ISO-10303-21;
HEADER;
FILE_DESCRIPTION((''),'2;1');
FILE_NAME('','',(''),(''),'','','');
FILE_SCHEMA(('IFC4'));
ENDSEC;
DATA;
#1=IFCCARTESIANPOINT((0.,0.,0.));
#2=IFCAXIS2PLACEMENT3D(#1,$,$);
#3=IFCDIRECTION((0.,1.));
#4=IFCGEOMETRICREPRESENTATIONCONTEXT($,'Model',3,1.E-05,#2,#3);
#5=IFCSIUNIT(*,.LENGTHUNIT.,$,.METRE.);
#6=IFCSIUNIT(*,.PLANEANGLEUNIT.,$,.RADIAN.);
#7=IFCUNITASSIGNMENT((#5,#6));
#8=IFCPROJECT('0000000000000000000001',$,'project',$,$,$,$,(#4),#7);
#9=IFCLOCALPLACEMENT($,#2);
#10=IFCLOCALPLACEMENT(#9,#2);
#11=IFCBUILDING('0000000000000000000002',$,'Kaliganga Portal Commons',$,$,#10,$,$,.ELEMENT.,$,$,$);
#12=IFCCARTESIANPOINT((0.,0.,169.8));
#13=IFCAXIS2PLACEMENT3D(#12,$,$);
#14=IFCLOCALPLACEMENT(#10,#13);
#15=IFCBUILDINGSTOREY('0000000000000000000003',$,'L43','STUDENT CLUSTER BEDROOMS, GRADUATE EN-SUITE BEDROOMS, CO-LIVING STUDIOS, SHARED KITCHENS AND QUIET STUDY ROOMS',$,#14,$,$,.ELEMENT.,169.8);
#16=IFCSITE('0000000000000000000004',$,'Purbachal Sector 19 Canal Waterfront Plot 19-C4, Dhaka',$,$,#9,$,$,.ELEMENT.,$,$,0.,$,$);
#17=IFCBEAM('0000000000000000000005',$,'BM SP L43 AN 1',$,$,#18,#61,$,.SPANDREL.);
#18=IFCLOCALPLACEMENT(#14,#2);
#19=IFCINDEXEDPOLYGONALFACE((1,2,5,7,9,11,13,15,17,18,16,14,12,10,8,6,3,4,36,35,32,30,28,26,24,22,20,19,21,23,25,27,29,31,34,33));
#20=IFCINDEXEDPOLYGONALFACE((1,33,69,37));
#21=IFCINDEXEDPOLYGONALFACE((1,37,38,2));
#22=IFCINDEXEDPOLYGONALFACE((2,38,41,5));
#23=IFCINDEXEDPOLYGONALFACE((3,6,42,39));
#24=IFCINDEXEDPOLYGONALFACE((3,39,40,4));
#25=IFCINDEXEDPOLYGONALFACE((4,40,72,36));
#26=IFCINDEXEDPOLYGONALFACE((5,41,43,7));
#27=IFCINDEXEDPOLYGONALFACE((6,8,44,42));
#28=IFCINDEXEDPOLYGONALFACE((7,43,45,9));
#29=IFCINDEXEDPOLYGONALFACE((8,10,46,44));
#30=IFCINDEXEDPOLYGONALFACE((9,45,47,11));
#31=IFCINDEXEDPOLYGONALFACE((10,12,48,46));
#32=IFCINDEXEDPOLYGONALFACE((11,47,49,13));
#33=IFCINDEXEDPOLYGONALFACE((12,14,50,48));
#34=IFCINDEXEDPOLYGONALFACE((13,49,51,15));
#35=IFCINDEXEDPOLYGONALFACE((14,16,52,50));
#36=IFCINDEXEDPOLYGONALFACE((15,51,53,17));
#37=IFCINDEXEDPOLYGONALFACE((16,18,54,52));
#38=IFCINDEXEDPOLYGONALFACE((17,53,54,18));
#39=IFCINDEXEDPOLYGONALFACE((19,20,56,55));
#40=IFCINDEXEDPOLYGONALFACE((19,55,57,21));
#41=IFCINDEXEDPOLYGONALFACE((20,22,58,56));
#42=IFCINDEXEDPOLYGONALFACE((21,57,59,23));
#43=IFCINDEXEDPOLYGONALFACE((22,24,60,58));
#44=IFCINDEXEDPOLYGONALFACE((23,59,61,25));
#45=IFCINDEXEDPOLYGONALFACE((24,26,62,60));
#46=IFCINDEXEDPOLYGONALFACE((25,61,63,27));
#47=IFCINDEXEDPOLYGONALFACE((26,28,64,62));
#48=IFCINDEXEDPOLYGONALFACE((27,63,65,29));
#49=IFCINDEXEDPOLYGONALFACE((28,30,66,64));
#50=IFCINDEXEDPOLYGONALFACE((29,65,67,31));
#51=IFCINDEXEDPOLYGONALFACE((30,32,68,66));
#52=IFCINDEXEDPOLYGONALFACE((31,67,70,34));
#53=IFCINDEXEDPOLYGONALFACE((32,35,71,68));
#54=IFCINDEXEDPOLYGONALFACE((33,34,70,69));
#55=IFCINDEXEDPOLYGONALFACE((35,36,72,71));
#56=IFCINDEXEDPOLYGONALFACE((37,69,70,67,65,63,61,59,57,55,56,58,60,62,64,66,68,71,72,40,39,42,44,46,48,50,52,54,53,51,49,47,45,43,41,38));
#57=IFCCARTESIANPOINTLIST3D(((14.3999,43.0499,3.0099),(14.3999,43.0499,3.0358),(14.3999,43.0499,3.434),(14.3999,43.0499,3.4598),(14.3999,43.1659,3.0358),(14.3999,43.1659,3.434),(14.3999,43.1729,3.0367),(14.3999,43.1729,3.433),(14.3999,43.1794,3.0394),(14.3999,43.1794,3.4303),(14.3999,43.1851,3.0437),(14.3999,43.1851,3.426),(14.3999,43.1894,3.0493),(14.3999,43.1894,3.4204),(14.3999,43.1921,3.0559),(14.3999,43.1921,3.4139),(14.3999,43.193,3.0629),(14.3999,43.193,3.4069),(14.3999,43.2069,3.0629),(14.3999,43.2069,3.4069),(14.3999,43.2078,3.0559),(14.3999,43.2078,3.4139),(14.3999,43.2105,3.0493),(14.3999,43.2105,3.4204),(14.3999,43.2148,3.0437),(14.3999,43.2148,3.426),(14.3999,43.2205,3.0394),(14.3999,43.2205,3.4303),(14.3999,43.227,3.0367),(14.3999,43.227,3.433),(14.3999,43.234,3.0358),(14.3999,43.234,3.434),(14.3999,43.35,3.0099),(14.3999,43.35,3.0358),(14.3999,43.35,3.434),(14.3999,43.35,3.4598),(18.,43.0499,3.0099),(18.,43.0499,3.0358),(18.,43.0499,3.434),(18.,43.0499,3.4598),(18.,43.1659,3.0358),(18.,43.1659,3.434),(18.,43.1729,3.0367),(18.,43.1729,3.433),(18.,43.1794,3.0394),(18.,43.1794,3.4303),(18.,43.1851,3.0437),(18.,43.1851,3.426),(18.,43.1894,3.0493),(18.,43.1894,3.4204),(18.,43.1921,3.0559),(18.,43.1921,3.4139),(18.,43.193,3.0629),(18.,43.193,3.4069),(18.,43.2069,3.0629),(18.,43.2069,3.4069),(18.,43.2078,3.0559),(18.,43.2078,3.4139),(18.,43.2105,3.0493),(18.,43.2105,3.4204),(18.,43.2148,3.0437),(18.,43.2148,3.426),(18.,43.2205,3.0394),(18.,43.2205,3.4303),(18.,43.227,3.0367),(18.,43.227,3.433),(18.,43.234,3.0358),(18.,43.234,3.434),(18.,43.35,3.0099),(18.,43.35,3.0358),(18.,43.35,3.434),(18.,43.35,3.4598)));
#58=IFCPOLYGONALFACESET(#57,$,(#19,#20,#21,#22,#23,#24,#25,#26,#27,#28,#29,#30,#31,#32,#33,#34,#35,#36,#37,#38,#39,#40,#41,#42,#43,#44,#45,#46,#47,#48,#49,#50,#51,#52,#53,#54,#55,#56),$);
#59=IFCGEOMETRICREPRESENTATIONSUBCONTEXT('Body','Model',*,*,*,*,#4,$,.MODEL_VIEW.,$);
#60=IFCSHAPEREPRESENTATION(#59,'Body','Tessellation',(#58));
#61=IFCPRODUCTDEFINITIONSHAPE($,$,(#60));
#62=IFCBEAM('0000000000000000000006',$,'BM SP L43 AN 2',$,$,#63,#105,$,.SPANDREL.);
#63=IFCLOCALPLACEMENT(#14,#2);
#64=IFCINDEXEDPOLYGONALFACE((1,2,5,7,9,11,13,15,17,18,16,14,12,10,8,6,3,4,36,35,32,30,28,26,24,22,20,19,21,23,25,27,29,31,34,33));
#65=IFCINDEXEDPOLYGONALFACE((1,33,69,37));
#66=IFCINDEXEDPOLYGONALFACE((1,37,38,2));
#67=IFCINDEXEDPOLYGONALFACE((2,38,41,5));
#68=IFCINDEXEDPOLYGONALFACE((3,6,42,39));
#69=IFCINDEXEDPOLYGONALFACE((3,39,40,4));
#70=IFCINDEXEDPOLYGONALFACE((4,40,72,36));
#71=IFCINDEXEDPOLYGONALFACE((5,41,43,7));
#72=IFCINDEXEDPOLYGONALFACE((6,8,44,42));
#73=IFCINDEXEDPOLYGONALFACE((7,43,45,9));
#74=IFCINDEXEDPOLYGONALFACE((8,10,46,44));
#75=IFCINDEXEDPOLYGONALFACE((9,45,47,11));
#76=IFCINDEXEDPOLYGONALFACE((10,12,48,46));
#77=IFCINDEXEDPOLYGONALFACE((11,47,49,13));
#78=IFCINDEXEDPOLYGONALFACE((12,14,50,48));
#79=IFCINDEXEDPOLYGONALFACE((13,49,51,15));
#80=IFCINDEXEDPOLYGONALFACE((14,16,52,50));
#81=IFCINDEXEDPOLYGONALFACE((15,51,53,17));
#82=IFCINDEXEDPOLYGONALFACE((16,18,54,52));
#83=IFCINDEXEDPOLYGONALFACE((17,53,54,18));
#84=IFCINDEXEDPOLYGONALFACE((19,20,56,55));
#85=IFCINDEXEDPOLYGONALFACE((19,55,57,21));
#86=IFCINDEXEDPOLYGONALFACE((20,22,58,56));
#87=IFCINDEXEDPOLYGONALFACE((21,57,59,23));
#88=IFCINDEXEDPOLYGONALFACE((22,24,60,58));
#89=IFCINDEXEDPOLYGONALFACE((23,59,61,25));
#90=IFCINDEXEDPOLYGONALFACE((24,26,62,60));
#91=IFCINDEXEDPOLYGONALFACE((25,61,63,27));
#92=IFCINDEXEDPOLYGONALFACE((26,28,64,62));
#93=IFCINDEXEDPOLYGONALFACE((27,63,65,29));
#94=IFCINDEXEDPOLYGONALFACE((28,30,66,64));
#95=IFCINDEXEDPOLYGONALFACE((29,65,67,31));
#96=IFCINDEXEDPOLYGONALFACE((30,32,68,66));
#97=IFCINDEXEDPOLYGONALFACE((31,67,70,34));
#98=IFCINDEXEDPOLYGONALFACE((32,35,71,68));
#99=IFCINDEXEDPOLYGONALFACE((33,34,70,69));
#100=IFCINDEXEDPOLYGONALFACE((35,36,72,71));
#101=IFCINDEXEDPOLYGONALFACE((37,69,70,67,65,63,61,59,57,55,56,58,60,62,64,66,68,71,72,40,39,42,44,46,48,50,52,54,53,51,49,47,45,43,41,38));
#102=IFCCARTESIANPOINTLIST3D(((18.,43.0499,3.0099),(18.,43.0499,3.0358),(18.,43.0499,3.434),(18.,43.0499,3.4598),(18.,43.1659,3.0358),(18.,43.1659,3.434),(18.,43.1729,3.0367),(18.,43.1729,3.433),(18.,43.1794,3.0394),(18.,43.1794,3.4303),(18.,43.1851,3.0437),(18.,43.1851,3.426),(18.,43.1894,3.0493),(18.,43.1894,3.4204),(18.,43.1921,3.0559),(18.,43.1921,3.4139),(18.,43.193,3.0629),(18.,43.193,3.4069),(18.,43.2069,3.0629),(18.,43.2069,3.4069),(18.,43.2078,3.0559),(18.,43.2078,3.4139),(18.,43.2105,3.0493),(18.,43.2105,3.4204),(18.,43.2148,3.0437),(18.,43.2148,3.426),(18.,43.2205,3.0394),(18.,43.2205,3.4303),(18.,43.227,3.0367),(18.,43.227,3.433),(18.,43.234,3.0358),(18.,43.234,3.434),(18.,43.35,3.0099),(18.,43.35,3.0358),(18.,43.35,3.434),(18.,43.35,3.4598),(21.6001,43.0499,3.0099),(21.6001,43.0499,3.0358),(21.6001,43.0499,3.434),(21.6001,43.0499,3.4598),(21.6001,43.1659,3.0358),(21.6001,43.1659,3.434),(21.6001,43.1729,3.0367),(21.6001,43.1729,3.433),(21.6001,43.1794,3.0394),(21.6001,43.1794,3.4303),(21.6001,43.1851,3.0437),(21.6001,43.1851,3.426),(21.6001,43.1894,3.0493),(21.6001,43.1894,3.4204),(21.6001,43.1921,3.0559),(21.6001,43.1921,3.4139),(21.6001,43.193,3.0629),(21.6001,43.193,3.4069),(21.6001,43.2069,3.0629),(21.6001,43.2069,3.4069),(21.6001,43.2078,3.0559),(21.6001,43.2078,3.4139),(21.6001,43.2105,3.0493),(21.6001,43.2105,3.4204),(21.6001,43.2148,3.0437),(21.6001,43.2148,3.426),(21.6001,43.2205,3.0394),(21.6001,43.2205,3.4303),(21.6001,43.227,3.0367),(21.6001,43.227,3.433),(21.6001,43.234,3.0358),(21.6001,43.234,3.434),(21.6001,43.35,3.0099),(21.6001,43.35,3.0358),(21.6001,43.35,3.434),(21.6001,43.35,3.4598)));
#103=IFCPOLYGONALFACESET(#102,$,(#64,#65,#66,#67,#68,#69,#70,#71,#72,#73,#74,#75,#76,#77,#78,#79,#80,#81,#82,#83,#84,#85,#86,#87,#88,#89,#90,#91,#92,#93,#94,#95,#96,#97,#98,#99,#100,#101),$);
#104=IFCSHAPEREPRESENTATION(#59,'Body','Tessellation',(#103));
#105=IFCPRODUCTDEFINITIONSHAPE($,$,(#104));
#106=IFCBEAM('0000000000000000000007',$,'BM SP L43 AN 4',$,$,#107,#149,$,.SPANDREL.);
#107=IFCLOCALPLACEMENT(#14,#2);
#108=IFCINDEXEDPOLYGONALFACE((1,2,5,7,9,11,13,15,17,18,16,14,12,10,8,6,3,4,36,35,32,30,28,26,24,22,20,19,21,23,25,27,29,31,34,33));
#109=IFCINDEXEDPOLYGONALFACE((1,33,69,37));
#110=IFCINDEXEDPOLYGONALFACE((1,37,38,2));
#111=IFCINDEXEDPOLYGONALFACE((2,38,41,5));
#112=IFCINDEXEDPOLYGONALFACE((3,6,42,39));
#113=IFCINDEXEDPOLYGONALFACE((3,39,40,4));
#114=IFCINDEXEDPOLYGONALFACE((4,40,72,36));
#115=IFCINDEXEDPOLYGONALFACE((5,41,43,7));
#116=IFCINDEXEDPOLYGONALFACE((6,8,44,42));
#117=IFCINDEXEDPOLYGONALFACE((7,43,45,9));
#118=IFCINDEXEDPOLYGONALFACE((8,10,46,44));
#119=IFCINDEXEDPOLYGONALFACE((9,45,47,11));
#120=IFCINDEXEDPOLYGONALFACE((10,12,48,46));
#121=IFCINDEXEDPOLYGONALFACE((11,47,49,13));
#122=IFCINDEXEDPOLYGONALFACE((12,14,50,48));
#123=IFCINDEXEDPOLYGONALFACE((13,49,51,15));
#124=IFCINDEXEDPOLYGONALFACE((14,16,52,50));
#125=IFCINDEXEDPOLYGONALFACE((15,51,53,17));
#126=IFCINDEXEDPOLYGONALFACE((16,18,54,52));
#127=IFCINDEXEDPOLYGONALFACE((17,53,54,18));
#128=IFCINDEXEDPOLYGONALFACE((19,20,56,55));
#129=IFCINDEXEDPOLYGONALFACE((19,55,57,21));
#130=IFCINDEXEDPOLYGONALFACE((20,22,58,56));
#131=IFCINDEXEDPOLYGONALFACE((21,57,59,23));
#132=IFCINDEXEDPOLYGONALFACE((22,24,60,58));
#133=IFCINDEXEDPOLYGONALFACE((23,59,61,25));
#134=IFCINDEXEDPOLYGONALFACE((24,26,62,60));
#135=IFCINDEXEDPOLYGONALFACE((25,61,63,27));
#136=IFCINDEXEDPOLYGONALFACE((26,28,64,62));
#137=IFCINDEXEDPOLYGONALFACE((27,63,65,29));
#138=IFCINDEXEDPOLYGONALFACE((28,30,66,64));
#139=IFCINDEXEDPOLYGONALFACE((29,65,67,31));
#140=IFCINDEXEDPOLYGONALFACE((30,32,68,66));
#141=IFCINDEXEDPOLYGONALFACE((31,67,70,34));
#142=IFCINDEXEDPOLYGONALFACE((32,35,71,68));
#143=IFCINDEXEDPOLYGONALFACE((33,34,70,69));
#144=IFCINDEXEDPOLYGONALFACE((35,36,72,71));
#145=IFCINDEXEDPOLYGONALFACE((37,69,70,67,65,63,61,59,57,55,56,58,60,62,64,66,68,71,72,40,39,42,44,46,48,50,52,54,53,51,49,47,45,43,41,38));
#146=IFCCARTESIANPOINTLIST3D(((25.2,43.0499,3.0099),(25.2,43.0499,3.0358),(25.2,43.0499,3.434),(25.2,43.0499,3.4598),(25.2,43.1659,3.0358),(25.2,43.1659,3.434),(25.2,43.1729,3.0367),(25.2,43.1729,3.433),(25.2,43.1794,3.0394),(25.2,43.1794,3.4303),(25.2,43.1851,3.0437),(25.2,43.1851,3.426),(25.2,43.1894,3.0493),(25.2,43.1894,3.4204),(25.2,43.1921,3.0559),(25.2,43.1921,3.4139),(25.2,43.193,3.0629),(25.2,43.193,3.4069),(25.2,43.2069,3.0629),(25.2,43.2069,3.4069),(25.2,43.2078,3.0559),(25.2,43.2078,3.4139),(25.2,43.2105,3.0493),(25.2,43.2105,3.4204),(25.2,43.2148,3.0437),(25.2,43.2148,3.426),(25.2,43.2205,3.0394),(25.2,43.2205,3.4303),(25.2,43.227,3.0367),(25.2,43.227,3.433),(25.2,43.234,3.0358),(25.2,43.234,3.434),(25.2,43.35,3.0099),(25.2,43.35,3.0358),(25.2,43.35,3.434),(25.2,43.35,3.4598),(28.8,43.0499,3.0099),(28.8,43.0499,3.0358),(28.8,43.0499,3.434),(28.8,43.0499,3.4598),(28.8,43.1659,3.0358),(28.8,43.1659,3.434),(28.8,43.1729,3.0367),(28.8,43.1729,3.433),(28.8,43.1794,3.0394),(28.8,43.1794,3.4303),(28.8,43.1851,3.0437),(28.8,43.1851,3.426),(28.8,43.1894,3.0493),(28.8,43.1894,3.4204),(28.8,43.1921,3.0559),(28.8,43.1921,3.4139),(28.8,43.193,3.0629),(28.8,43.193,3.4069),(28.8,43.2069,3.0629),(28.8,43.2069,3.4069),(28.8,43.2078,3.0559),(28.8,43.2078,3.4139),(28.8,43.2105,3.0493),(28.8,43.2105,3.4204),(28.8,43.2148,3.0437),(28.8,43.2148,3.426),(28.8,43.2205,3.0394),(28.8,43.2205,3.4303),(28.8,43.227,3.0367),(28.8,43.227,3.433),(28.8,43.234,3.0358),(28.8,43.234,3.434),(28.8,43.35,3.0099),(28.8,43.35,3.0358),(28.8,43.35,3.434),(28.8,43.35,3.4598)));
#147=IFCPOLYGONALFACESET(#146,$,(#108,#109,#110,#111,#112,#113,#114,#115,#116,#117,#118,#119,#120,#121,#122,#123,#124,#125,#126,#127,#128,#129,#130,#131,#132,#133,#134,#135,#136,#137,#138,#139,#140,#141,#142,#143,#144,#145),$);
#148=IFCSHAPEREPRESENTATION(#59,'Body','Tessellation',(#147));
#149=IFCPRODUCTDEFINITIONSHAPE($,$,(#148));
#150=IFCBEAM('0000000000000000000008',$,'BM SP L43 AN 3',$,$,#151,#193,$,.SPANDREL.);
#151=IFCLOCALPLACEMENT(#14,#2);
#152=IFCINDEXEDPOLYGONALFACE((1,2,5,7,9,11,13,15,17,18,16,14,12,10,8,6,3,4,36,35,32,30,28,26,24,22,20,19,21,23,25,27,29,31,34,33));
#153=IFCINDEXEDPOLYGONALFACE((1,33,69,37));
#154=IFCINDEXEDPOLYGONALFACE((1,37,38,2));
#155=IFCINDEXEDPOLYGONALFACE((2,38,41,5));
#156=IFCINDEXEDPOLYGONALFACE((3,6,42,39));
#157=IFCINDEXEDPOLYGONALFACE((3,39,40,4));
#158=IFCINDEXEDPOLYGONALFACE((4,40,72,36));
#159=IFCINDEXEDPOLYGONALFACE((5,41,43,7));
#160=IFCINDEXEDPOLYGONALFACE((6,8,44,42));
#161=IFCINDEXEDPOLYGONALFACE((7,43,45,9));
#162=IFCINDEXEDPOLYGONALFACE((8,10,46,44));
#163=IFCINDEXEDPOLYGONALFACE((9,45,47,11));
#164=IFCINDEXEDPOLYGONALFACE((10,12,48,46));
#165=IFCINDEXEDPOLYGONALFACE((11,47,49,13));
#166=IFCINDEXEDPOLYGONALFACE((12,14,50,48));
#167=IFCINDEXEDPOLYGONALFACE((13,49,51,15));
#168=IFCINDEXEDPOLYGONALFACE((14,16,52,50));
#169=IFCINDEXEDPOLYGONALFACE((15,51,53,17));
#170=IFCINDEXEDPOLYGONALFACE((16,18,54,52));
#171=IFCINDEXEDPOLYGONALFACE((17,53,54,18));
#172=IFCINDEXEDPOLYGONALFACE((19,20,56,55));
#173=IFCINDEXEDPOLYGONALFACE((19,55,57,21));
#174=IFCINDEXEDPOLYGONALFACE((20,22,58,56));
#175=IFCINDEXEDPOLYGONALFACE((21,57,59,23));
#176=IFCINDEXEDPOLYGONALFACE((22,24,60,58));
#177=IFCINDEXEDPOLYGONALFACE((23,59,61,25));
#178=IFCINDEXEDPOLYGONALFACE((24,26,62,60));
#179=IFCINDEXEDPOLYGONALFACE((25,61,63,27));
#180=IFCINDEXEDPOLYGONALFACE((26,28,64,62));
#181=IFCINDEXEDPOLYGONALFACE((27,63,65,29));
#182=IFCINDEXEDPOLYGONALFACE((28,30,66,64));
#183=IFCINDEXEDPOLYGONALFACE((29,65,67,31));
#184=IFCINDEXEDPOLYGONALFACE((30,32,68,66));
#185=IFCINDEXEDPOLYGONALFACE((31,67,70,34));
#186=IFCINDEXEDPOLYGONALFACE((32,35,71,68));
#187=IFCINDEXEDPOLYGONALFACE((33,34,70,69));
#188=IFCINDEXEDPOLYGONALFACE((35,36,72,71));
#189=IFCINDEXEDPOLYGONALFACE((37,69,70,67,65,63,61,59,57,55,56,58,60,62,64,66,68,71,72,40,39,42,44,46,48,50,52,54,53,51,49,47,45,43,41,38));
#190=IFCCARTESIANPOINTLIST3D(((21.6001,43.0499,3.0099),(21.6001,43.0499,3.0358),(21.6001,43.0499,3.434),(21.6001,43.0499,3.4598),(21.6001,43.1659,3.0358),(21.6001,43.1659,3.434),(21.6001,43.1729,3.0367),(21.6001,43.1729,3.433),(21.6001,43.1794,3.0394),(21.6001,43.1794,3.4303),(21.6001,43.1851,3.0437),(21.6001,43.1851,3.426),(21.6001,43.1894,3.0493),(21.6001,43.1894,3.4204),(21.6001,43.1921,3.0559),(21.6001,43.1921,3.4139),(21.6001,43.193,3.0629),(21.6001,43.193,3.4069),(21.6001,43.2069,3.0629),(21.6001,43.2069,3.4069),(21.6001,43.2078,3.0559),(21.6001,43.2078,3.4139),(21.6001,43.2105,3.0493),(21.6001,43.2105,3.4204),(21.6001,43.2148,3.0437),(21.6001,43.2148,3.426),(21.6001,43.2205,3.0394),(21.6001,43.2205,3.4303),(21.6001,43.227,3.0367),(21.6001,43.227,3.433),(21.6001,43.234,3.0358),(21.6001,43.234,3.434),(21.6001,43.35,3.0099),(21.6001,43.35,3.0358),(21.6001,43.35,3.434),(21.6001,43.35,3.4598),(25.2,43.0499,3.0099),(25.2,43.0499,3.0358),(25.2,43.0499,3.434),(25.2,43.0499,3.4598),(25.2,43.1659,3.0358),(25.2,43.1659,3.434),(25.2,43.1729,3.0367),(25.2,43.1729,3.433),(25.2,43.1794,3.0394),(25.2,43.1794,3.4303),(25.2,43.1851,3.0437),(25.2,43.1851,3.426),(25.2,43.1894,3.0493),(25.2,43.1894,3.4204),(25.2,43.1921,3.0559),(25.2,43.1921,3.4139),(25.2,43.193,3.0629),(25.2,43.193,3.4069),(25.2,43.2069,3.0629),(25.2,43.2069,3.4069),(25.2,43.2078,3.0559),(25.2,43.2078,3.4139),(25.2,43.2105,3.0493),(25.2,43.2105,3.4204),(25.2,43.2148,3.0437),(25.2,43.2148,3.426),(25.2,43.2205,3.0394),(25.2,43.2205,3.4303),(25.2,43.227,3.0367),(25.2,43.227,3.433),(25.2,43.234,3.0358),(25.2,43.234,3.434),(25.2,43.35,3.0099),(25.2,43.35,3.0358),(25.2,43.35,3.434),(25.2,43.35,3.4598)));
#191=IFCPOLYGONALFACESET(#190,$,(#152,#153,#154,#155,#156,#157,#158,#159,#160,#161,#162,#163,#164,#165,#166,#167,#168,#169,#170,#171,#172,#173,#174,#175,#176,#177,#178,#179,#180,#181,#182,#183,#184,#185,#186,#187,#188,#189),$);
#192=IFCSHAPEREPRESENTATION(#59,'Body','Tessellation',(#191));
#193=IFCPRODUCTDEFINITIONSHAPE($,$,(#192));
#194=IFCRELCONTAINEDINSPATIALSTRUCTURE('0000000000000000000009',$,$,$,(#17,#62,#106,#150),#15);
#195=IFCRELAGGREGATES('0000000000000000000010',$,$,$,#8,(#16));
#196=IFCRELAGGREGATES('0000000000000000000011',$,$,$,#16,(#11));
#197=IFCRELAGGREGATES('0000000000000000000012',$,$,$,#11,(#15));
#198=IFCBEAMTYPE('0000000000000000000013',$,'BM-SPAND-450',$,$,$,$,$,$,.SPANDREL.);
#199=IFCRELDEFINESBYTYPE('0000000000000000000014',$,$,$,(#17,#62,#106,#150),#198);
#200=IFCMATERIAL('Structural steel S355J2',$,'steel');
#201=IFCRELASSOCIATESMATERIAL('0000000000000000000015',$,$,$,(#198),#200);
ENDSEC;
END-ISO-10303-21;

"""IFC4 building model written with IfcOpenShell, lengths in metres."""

from ifc_helpers import new_model, si_unit, direction, frame, origin, origin_2d, place, context, subcontext, project, spatial, i_section, extrude, source, transform, mapped, material, material_profile, profile_set, type_object, element, save


model = new_model("IFC4")

# Units and contexts
model_context = context("Model", 3, precision=1e-05, world=origin(), true_north=direction((0.0, 1.0)))
body_context = subcontext(model_context, "Body", "Model", "MODEL_VIEW")
ifc_project = project(units=[si_unit("LENGTHUNIT", "METRE"), si_unit("PLANEANGLEUNIT", "RADIAN")], contexts=[model_context])

# Site, building, storey
site_placement = place(None, origin())
site = spatial("IfcSite", under=ifc_project, at=site_placement, Name="Purbachal Sector 19 Canal Waterfront Plot 19-C4, Dhaka", CompositionType="ELEMENT", RefElevation=0.0)
building_placement = place(site_placement, origin())
building = spatial("IfcBuilding", under=site, at=building_placement, Name="Kaliganga Portal Commons", CompositionType="ELEMENT")
storey_placement = place(building_placement, frame((0.0, 0.0, 169.8)))
storey = spatial("IfcBuildingStorey", under=building, at=storey_placement, Name="L43", Description="STUDENT CLUSTER BEDROOMS, GRADUATE EN-SUITE BEDROOMS, CO-LIVING STUDIOS, SHARED KITCHENS AND QUIET STUDY ROOMS", CompositionType="ELEMENT", Elevation=169.8)

# Beams
ifc_material_1 = material(Name="Structural steel S355J2", Category="steel")
ifc_material_profile_1 = material_profile(ifc_material_1, i_section(OverallWidth=0.3, OverallDepth=0.45, WebThickness=0.0139, FlangeThickness=0.0259, FilletRadius=0.0271, at=origin_2d()), Name="HE 450 B")
ifc_profile_set_1 = profile_set([ifc_material_profile_1], Name="Structural steel S355J2 wide-flange")
beam_type_1 = type_object("IfcBeamType", Name="BM-SPAND-450", PredefinedType="SPANDREL", material=ifc_profile_set_1)
shared_shape_1 = source(origin(), body_context, "Body", "SweptSolid", [
    extrude(i_section(OverallWidth=0.3, OverallDepth=0.45, WebThickness=0.0139, FlangeThickness=0.0259, FilletRadius=0.0271, at=origin_2d()), origin(), (0.0, 0.0, 1.0), 3.6001),
])
for number, where, z_axis, x_axis, name in (
    (1, (14.3999, 43.2, 3.2349), (1.0, 0.0, 0.0), (0.0, 1.0, 0.0), "BM SP L43 AN 1"),
    (2, (18.0, 43.2, 3.2349), (1.0, 0.0, 0.0), (0.0, 1.0, 0.0), "BM SP L43 AN 2"),
    (3, (25.2, 43.2, 3.2349), (1.0, 0.0, 0.0), (0.0, 1.0, 0.0), "BM SP L43 AN 4"),
):
    element("IfcBeam", number, at=place(storey_placement, frame(where, z_axis=z_axis, x_axis=x_axis)), inside=storey, type_object=beam_type_1, Name=name, PredefinedType="SPANDREL", context=body_context, shape_type="MappedRepresentation", body=[
        mapped(shared_shape_1, transform((0.0, 0.0, 0.0), x_axis=(1.0, 0.0, 0.0), y_axis=(0.0, 1.0, 0.0), z_axis=(0.0, 0.0, 1.0), scale=1.0)),
    ])
shared_shape_2 = source(origin(), body_context, "Body", "SweptSolid", [
    extrude(i_section(OverallWidth=0.3, OverallDepth=0.45, WebThickness=0.0139, FlangeThickness=0.0259, FilletRadius=0.0271, at=origin_2d()), origin(), (0.0, 0.0, 1.0), 3.5999),
])
beam_1_placement = place(storey_placement, frame((21.6001, 43.2, 3.2349), z_axis=(1.0, 0.0, 0.0), x_axis=(0.0, 1.0, 0.0)))
element("IfcBeam", 4, at=beam_1_placement, inside=storey, type_object=beam_type_1, Name="BM SP L43 AN 3", PredefinedType="SPANDREL", context=body_context, shape_type="MappedRepresentation", body=[
    mapped(shared_shape_2, transform((0.0, 0.0, 0.0), x_axis=(1.0, 0.0, 0.0), y_axis=(0.0, 1.0, 0.0), z_axis=(0.0, 0.0, 1.0), scale=1.0)),
])

save(model, "model.ifc")
